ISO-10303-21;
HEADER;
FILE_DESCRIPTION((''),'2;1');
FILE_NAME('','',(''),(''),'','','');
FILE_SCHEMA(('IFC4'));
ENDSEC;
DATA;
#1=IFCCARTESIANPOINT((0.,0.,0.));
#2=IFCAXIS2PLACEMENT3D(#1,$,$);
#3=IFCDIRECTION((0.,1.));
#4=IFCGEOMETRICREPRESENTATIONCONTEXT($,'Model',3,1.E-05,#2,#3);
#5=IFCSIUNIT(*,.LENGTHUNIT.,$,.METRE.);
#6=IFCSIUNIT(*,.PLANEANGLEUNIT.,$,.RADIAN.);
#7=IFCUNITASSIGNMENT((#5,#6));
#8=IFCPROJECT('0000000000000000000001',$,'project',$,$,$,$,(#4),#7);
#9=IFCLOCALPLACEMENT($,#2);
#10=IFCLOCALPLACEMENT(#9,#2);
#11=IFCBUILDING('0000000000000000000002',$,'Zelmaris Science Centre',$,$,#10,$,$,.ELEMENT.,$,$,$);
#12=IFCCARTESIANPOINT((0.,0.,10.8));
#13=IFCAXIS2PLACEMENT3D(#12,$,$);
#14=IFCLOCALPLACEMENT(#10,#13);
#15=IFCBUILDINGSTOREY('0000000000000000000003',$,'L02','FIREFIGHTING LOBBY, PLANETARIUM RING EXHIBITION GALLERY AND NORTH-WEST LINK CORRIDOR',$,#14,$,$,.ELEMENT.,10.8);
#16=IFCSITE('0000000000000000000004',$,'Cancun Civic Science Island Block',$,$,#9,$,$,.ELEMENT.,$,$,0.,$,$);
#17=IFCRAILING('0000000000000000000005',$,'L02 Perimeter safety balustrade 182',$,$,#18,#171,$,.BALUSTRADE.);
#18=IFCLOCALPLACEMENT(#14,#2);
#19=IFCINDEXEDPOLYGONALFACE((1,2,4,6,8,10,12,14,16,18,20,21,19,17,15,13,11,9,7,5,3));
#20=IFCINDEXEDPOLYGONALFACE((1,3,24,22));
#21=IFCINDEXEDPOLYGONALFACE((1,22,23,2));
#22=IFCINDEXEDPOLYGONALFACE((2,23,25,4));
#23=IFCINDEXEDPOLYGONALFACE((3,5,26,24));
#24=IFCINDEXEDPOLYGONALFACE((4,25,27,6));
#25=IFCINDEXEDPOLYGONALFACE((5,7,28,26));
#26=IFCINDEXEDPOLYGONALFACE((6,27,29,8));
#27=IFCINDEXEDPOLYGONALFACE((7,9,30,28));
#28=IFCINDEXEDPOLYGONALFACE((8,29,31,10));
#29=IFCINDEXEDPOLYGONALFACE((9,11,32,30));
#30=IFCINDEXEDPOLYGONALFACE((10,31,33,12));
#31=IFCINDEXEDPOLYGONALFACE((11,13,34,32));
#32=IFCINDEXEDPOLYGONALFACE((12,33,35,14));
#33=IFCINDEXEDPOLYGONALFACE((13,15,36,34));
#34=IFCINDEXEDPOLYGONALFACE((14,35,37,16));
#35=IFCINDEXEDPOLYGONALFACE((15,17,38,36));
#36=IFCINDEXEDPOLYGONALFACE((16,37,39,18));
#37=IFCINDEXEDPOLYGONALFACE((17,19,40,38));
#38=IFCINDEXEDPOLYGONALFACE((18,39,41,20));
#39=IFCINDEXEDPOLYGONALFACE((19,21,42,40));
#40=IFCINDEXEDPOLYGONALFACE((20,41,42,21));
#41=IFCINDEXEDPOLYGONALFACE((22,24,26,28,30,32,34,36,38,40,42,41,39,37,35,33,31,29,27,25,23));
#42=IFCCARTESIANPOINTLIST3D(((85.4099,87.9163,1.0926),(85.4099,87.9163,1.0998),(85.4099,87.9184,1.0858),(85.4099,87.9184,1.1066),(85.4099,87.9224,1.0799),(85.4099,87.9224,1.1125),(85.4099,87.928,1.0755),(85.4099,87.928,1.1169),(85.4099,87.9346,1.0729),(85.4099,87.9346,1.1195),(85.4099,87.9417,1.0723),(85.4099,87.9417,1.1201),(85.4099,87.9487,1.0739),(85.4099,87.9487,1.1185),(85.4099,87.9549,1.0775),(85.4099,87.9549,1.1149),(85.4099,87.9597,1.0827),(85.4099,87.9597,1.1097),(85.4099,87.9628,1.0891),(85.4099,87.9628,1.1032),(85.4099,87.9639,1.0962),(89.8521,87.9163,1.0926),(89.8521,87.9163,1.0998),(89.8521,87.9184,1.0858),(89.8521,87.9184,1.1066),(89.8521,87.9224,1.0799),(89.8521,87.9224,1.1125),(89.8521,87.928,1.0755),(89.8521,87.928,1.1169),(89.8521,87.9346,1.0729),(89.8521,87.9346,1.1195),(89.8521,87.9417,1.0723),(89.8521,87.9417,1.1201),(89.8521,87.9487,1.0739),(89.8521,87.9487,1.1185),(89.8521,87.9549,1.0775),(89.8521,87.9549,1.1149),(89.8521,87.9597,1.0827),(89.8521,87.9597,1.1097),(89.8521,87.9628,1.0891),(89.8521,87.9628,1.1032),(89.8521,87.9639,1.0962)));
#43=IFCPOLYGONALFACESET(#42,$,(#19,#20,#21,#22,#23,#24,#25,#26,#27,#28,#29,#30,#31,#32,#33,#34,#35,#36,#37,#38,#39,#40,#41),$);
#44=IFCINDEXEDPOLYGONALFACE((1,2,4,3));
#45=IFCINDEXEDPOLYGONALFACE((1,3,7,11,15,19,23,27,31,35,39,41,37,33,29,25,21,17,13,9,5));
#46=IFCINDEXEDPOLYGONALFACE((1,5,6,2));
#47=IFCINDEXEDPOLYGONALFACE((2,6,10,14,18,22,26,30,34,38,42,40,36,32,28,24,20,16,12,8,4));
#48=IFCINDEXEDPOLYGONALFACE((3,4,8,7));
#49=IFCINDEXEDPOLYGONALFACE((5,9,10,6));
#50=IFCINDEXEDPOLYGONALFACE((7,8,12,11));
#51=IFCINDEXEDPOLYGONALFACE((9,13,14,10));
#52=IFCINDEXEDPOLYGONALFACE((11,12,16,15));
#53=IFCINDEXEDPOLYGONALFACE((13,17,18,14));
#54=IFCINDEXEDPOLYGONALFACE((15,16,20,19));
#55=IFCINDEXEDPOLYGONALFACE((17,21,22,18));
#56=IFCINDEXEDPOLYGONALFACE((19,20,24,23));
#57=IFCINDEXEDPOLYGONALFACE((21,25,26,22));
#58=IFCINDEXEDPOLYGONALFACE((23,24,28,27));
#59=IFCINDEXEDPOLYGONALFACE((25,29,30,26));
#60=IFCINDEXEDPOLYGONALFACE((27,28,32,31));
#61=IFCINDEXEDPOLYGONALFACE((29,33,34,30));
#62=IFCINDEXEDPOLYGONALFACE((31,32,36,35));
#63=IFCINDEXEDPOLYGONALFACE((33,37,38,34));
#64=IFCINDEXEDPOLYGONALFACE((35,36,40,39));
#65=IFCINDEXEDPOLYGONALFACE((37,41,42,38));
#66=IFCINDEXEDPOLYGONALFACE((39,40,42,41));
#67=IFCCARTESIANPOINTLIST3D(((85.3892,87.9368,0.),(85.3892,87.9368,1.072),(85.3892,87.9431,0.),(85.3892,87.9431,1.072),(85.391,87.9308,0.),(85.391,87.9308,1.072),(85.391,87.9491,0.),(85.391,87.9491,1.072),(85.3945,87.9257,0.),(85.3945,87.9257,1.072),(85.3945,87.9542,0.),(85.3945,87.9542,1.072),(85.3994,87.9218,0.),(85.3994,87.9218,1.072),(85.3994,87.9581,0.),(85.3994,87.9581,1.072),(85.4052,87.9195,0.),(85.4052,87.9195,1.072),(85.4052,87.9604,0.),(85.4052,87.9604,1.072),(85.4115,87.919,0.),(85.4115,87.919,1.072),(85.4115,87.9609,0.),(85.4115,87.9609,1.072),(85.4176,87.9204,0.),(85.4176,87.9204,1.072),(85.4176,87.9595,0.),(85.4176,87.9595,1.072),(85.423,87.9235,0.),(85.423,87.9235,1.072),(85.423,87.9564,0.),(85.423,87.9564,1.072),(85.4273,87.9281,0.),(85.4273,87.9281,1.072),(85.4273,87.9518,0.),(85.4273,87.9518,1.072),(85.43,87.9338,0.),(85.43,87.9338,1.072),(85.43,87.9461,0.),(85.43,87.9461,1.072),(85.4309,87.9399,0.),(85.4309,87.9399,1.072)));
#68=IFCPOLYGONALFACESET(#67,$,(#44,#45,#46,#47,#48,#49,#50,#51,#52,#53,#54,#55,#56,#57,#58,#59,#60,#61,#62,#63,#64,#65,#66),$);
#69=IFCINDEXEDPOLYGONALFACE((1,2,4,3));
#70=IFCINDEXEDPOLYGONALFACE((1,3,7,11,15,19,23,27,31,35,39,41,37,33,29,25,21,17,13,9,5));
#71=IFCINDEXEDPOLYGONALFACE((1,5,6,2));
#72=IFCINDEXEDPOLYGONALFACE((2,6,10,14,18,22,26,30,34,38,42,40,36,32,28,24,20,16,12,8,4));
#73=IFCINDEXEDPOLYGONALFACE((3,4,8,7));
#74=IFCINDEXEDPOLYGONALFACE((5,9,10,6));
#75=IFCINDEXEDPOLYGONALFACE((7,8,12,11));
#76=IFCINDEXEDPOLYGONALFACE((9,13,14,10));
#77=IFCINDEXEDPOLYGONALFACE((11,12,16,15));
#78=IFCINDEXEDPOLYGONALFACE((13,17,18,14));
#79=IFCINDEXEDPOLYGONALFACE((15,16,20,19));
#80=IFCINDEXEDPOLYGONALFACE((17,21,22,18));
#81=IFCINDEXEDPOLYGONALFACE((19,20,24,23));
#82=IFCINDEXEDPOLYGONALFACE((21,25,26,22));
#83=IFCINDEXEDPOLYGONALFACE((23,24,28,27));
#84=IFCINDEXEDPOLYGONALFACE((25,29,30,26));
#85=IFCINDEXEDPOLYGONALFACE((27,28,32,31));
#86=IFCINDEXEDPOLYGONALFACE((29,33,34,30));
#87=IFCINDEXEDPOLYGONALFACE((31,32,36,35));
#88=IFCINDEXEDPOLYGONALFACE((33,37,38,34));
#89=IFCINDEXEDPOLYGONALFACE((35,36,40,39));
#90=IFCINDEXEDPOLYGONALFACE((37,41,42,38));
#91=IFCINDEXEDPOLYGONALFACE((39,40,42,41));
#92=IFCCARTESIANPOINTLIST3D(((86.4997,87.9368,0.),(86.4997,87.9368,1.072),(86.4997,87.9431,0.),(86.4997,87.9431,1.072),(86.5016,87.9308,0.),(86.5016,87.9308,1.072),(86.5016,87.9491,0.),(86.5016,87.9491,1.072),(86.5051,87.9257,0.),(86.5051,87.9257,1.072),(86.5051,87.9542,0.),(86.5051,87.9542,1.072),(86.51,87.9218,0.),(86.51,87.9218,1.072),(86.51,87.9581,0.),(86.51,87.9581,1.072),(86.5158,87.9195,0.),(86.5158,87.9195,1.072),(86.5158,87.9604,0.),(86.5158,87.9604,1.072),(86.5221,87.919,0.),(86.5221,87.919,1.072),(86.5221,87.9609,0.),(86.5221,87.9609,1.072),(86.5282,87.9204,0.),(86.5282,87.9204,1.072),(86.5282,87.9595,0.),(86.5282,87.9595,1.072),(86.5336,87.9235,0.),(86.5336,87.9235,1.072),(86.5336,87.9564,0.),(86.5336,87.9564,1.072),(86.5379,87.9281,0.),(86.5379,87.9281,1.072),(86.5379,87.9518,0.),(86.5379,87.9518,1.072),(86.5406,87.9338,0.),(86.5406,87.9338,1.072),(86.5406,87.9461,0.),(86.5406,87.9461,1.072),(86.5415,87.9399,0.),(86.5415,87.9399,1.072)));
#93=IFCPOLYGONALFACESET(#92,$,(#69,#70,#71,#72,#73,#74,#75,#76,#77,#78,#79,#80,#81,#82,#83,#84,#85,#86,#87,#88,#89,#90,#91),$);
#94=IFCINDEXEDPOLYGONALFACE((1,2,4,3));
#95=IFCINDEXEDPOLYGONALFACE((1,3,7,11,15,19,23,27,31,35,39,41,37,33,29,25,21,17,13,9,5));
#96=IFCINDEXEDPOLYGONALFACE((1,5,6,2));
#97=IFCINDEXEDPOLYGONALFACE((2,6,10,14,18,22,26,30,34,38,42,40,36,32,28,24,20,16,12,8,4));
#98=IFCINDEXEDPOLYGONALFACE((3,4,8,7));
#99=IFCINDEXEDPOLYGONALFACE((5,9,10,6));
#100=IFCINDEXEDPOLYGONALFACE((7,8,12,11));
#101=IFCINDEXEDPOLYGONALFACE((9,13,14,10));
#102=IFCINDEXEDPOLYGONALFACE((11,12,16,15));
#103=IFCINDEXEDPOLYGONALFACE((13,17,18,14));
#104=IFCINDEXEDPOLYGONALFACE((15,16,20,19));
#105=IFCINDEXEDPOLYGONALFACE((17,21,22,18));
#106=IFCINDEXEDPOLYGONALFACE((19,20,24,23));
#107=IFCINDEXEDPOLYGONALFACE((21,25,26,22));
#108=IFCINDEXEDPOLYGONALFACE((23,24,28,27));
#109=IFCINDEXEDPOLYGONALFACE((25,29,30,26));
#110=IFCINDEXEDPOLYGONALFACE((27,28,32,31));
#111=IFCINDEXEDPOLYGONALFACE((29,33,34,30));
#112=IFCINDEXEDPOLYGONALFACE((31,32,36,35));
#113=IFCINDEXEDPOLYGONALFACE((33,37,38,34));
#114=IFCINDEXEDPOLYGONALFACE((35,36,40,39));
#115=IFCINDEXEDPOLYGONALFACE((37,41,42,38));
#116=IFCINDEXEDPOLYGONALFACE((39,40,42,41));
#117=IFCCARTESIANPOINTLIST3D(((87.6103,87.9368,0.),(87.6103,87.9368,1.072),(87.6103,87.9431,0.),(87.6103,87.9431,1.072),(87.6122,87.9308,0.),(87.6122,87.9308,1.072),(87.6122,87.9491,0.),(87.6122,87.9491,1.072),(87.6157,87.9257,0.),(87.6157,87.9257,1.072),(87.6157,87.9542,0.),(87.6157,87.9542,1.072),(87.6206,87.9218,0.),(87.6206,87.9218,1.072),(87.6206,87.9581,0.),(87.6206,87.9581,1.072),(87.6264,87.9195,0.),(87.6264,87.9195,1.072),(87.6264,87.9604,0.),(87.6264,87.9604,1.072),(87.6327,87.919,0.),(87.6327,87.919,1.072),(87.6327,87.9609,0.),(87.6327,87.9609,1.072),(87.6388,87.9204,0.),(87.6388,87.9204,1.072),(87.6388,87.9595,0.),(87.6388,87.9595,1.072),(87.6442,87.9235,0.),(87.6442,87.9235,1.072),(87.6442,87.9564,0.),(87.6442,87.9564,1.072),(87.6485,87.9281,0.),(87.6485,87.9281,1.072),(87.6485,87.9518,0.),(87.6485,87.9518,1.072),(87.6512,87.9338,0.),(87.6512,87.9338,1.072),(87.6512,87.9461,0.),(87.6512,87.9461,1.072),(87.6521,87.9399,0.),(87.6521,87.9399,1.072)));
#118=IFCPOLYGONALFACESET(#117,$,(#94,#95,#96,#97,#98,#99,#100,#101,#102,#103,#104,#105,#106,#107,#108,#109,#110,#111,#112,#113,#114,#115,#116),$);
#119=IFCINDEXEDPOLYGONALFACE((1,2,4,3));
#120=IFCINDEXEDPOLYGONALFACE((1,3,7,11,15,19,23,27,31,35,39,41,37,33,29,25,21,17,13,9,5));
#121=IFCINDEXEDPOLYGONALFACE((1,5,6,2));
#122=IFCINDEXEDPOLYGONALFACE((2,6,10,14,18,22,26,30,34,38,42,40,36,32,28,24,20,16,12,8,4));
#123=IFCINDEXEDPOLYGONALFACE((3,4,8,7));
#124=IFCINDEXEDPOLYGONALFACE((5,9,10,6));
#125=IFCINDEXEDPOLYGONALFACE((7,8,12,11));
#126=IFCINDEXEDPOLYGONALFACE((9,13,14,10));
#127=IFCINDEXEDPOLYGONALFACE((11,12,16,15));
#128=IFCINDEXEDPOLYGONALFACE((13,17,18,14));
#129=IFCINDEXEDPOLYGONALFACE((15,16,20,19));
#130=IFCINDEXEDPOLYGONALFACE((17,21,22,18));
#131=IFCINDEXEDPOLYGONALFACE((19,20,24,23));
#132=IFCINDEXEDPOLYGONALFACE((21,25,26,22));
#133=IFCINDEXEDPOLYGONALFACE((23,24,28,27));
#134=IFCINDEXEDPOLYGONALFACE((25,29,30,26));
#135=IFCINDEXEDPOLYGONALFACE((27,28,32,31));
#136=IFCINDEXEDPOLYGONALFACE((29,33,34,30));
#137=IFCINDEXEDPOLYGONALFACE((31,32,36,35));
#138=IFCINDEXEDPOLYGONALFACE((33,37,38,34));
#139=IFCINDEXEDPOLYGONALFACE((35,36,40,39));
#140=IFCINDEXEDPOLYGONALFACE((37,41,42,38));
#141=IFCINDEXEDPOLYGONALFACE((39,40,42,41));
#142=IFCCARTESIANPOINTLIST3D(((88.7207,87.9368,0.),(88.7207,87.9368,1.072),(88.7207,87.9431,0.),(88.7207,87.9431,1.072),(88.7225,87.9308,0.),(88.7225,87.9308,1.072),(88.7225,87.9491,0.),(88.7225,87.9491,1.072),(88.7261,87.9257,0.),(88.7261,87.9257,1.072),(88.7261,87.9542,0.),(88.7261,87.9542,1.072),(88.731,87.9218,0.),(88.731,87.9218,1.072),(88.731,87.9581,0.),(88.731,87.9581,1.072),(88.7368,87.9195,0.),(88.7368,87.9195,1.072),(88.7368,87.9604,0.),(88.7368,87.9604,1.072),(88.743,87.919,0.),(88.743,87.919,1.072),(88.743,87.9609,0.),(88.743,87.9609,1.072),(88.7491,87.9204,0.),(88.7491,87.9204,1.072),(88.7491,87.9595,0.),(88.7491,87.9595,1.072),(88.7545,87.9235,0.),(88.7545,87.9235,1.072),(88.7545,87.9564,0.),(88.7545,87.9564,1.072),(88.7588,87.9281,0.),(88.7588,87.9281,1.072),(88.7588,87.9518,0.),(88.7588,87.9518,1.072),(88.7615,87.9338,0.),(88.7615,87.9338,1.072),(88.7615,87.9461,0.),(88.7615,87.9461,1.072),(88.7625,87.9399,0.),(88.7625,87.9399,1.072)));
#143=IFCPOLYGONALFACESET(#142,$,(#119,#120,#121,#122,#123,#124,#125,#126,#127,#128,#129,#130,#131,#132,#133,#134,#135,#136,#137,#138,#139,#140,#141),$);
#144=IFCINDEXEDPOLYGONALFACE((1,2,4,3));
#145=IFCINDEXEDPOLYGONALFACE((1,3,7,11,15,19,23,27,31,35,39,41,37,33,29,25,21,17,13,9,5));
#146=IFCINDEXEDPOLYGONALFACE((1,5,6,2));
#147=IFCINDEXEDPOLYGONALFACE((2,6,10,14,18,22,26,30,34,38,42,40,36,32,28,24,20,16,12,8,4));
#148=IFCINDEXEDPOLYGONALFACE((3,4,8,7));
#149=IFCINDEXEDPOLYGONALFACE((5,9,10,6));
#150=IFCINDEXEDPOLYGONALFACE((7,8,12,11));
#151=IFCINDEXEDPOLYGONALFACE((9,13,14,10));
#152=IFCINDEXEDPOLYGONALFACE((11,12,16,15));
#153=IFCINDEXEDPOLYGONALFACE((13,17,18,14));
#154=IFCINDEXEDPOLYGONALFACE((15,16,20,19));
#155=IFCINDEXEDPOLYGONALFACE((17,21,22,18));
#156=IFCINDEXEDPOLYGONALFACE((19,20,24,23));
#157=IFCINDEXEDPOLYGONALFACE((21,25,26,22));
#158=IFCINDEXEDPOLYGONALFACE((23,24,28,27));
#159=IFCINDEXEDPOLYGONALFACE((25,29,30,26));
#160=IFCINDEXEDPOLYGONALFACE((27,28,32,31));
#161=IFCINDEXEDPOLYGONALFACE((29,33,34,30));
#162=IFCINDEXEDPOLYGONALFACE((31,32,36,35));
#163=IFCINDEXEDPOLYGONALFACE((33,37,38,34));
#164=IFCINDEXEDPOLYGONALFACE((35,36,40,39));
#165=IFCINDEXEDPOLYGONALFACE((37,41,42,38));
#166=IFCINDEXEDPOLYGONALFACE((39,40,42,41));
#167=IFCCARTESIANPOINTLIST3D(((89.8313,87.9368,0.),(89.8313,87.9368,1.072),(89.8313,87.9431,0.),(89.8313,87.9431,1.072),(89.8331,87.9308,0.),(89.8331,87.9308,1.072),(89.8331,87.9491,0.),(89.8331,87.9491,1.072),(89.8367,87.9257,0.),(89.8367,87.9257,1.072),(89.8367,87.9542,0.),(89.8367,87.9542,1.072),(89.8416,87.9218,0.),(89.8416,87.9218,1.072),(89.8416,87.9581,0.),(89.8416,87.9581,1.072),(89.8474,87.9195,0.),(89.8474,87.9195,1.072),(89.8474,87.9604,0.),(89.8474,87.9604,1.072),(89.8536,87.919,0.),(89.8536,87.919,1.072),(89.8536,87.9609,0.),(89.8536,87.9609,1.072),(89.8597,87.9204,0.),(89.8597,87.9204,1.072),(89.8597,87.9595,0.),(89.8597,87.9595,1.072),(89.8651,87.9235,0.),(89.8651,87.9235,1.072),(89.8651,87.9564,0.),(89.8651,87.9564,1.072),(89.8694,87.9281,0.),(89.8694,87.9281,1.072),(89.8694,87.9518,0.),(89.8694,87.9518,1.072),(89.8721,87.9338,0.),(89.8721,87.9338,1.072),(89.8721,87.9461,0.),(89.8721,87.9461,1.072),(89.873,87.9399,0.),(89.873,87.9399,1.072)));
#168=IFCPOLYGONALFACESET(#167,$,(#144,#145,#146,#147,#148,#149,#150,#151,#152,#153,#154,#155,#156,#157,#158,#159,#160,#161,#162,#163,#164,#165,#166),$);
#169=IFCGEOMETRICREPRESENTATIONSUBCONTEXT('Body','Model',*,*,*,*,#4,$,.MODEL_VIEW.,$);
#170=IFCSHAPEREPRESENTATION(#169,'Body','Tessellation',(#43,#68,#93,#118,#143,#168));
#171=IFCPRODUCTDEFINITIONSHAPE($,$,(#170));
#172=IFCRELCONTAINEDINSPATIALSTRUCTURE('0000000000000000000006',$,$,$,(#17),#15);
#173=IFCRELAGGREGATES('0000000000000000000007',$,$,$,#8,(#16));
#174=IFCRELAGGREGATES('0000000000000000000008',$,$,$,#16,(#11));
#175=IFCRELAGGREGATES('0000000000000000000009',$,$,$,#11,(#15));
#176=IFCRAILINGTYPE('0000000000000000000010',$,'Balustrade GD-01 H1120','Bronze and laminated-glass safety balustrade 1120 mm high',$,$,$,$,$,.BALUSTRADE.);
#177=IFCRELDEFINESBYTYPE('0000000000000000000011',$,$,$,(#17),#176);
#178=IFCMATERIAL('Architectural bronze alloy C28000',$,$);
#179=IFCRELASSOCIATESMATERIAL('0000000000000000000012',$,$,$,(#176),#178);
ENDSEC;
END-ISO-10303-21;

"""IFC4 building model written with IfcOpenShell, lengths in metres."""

from ifc_helpers import new_model, si_unit, direction, frame, origin, origin_2d, place, context, subcontext, project, spatial, circle, extrude, material, type_object, element, save


model = new_model("IFC4")

# Units and contexts
model_context = context("Model", 3, precision=1e-05, world=origin(), true_north=direction((0.0, 1.0)))
body_context = subcontext(model_context, "Body", "Model", "MODEL_VIEW")
ifc_project = project(units=[si_unit("LENGTHUNIT", "METRE"), si_unit("PLANEANGLEUNIT", "RADIAN")], contexts=[model_context])

# Site, building, storey
site_placement = place(None, origin())
site = spatial("IfcSite", under=ifc_project, at=site_placement, Name="Cancun Civic Science Island Block", CompositionType="ELEMENT", RefElevation=0.0)
building_placement = place(site_placement, origin())
building = spatial("IfcBuilding", under=site, at=building_placement, Name="Zelmaris Science Centre", CompositionType="ELEMENT")
storey_placement = place(building_placement, frame((0.0, 0.0, 10.8)))
storey = spatial("IfcBuildingStorey", under=building, at=storey_placement, Name="L02", Description="FIREFIGHTING LOBBY, PLANETARIUM RING EXHIBITION GALLERY AND NORTH-WEST LINK CORRIDOR", CompositionType="ELEMENT", Elevation=10.8)

# Railing
ifc_material_1 = material(Name="Architectural bronze alloy C28000")
railing_type = type_object("IfcRailingType", Name="Balustrade GD-01 H1120", Description="Bronze and laminated-glass safety balustrade 1120 mm high", PredefinedType="BALUSTRADE", material=ifc_material_1)
railing_1_placement = place(storey_placement, frame((85.4099, 87.9399, 0.0)))
element("IfcRailing", 1, at=railing_1_placement, inside=storey, type_object=railing_type, Name="L02 Perimeter safety balustrade 182", PredefinedType="BALUSTRADE", context=body_context, shape_type="SweptSolid", body=[
    extrude(circle(Radius=0.0239, at=origin_2d()), frame((0.0, 0.0, 1.0962), z_axis=(1.0, 0.0, 0.0), x_axis=(0.0, 1.0, 0.0)), (0.0, 0.0, 1.0), 4.4421),
    extrude(circle(Radius=0.021, at=origin_2d()), origin(), (0.0, 0.0, 1.0), 1.072),
    extrude(circle(Radius=0.021, at=origin_2d()), frame((1.1106, 0.0, 0.0)), (0.0, 0.0, 1.0), 1.072),
    extrude(circle(Radius=0.021, at=origin_2d()), frame((2.2212, 0.0, 0.0)), (0.0, 0.0, 1.0), 1.072),
    extrude(circle(Radius=0.021, at=origin_2d()), frame((3.3315, 0.0, 0.0)), (0.0, 0.0, 1.0), 1.072),
    extrude(circle(Radius=0.021, at=origin_2d()), frame((4.4421, 0.0, 0.0)), (0.0, 0.0, 1.0), 1.072),
])

save(model, "model.ifc")
